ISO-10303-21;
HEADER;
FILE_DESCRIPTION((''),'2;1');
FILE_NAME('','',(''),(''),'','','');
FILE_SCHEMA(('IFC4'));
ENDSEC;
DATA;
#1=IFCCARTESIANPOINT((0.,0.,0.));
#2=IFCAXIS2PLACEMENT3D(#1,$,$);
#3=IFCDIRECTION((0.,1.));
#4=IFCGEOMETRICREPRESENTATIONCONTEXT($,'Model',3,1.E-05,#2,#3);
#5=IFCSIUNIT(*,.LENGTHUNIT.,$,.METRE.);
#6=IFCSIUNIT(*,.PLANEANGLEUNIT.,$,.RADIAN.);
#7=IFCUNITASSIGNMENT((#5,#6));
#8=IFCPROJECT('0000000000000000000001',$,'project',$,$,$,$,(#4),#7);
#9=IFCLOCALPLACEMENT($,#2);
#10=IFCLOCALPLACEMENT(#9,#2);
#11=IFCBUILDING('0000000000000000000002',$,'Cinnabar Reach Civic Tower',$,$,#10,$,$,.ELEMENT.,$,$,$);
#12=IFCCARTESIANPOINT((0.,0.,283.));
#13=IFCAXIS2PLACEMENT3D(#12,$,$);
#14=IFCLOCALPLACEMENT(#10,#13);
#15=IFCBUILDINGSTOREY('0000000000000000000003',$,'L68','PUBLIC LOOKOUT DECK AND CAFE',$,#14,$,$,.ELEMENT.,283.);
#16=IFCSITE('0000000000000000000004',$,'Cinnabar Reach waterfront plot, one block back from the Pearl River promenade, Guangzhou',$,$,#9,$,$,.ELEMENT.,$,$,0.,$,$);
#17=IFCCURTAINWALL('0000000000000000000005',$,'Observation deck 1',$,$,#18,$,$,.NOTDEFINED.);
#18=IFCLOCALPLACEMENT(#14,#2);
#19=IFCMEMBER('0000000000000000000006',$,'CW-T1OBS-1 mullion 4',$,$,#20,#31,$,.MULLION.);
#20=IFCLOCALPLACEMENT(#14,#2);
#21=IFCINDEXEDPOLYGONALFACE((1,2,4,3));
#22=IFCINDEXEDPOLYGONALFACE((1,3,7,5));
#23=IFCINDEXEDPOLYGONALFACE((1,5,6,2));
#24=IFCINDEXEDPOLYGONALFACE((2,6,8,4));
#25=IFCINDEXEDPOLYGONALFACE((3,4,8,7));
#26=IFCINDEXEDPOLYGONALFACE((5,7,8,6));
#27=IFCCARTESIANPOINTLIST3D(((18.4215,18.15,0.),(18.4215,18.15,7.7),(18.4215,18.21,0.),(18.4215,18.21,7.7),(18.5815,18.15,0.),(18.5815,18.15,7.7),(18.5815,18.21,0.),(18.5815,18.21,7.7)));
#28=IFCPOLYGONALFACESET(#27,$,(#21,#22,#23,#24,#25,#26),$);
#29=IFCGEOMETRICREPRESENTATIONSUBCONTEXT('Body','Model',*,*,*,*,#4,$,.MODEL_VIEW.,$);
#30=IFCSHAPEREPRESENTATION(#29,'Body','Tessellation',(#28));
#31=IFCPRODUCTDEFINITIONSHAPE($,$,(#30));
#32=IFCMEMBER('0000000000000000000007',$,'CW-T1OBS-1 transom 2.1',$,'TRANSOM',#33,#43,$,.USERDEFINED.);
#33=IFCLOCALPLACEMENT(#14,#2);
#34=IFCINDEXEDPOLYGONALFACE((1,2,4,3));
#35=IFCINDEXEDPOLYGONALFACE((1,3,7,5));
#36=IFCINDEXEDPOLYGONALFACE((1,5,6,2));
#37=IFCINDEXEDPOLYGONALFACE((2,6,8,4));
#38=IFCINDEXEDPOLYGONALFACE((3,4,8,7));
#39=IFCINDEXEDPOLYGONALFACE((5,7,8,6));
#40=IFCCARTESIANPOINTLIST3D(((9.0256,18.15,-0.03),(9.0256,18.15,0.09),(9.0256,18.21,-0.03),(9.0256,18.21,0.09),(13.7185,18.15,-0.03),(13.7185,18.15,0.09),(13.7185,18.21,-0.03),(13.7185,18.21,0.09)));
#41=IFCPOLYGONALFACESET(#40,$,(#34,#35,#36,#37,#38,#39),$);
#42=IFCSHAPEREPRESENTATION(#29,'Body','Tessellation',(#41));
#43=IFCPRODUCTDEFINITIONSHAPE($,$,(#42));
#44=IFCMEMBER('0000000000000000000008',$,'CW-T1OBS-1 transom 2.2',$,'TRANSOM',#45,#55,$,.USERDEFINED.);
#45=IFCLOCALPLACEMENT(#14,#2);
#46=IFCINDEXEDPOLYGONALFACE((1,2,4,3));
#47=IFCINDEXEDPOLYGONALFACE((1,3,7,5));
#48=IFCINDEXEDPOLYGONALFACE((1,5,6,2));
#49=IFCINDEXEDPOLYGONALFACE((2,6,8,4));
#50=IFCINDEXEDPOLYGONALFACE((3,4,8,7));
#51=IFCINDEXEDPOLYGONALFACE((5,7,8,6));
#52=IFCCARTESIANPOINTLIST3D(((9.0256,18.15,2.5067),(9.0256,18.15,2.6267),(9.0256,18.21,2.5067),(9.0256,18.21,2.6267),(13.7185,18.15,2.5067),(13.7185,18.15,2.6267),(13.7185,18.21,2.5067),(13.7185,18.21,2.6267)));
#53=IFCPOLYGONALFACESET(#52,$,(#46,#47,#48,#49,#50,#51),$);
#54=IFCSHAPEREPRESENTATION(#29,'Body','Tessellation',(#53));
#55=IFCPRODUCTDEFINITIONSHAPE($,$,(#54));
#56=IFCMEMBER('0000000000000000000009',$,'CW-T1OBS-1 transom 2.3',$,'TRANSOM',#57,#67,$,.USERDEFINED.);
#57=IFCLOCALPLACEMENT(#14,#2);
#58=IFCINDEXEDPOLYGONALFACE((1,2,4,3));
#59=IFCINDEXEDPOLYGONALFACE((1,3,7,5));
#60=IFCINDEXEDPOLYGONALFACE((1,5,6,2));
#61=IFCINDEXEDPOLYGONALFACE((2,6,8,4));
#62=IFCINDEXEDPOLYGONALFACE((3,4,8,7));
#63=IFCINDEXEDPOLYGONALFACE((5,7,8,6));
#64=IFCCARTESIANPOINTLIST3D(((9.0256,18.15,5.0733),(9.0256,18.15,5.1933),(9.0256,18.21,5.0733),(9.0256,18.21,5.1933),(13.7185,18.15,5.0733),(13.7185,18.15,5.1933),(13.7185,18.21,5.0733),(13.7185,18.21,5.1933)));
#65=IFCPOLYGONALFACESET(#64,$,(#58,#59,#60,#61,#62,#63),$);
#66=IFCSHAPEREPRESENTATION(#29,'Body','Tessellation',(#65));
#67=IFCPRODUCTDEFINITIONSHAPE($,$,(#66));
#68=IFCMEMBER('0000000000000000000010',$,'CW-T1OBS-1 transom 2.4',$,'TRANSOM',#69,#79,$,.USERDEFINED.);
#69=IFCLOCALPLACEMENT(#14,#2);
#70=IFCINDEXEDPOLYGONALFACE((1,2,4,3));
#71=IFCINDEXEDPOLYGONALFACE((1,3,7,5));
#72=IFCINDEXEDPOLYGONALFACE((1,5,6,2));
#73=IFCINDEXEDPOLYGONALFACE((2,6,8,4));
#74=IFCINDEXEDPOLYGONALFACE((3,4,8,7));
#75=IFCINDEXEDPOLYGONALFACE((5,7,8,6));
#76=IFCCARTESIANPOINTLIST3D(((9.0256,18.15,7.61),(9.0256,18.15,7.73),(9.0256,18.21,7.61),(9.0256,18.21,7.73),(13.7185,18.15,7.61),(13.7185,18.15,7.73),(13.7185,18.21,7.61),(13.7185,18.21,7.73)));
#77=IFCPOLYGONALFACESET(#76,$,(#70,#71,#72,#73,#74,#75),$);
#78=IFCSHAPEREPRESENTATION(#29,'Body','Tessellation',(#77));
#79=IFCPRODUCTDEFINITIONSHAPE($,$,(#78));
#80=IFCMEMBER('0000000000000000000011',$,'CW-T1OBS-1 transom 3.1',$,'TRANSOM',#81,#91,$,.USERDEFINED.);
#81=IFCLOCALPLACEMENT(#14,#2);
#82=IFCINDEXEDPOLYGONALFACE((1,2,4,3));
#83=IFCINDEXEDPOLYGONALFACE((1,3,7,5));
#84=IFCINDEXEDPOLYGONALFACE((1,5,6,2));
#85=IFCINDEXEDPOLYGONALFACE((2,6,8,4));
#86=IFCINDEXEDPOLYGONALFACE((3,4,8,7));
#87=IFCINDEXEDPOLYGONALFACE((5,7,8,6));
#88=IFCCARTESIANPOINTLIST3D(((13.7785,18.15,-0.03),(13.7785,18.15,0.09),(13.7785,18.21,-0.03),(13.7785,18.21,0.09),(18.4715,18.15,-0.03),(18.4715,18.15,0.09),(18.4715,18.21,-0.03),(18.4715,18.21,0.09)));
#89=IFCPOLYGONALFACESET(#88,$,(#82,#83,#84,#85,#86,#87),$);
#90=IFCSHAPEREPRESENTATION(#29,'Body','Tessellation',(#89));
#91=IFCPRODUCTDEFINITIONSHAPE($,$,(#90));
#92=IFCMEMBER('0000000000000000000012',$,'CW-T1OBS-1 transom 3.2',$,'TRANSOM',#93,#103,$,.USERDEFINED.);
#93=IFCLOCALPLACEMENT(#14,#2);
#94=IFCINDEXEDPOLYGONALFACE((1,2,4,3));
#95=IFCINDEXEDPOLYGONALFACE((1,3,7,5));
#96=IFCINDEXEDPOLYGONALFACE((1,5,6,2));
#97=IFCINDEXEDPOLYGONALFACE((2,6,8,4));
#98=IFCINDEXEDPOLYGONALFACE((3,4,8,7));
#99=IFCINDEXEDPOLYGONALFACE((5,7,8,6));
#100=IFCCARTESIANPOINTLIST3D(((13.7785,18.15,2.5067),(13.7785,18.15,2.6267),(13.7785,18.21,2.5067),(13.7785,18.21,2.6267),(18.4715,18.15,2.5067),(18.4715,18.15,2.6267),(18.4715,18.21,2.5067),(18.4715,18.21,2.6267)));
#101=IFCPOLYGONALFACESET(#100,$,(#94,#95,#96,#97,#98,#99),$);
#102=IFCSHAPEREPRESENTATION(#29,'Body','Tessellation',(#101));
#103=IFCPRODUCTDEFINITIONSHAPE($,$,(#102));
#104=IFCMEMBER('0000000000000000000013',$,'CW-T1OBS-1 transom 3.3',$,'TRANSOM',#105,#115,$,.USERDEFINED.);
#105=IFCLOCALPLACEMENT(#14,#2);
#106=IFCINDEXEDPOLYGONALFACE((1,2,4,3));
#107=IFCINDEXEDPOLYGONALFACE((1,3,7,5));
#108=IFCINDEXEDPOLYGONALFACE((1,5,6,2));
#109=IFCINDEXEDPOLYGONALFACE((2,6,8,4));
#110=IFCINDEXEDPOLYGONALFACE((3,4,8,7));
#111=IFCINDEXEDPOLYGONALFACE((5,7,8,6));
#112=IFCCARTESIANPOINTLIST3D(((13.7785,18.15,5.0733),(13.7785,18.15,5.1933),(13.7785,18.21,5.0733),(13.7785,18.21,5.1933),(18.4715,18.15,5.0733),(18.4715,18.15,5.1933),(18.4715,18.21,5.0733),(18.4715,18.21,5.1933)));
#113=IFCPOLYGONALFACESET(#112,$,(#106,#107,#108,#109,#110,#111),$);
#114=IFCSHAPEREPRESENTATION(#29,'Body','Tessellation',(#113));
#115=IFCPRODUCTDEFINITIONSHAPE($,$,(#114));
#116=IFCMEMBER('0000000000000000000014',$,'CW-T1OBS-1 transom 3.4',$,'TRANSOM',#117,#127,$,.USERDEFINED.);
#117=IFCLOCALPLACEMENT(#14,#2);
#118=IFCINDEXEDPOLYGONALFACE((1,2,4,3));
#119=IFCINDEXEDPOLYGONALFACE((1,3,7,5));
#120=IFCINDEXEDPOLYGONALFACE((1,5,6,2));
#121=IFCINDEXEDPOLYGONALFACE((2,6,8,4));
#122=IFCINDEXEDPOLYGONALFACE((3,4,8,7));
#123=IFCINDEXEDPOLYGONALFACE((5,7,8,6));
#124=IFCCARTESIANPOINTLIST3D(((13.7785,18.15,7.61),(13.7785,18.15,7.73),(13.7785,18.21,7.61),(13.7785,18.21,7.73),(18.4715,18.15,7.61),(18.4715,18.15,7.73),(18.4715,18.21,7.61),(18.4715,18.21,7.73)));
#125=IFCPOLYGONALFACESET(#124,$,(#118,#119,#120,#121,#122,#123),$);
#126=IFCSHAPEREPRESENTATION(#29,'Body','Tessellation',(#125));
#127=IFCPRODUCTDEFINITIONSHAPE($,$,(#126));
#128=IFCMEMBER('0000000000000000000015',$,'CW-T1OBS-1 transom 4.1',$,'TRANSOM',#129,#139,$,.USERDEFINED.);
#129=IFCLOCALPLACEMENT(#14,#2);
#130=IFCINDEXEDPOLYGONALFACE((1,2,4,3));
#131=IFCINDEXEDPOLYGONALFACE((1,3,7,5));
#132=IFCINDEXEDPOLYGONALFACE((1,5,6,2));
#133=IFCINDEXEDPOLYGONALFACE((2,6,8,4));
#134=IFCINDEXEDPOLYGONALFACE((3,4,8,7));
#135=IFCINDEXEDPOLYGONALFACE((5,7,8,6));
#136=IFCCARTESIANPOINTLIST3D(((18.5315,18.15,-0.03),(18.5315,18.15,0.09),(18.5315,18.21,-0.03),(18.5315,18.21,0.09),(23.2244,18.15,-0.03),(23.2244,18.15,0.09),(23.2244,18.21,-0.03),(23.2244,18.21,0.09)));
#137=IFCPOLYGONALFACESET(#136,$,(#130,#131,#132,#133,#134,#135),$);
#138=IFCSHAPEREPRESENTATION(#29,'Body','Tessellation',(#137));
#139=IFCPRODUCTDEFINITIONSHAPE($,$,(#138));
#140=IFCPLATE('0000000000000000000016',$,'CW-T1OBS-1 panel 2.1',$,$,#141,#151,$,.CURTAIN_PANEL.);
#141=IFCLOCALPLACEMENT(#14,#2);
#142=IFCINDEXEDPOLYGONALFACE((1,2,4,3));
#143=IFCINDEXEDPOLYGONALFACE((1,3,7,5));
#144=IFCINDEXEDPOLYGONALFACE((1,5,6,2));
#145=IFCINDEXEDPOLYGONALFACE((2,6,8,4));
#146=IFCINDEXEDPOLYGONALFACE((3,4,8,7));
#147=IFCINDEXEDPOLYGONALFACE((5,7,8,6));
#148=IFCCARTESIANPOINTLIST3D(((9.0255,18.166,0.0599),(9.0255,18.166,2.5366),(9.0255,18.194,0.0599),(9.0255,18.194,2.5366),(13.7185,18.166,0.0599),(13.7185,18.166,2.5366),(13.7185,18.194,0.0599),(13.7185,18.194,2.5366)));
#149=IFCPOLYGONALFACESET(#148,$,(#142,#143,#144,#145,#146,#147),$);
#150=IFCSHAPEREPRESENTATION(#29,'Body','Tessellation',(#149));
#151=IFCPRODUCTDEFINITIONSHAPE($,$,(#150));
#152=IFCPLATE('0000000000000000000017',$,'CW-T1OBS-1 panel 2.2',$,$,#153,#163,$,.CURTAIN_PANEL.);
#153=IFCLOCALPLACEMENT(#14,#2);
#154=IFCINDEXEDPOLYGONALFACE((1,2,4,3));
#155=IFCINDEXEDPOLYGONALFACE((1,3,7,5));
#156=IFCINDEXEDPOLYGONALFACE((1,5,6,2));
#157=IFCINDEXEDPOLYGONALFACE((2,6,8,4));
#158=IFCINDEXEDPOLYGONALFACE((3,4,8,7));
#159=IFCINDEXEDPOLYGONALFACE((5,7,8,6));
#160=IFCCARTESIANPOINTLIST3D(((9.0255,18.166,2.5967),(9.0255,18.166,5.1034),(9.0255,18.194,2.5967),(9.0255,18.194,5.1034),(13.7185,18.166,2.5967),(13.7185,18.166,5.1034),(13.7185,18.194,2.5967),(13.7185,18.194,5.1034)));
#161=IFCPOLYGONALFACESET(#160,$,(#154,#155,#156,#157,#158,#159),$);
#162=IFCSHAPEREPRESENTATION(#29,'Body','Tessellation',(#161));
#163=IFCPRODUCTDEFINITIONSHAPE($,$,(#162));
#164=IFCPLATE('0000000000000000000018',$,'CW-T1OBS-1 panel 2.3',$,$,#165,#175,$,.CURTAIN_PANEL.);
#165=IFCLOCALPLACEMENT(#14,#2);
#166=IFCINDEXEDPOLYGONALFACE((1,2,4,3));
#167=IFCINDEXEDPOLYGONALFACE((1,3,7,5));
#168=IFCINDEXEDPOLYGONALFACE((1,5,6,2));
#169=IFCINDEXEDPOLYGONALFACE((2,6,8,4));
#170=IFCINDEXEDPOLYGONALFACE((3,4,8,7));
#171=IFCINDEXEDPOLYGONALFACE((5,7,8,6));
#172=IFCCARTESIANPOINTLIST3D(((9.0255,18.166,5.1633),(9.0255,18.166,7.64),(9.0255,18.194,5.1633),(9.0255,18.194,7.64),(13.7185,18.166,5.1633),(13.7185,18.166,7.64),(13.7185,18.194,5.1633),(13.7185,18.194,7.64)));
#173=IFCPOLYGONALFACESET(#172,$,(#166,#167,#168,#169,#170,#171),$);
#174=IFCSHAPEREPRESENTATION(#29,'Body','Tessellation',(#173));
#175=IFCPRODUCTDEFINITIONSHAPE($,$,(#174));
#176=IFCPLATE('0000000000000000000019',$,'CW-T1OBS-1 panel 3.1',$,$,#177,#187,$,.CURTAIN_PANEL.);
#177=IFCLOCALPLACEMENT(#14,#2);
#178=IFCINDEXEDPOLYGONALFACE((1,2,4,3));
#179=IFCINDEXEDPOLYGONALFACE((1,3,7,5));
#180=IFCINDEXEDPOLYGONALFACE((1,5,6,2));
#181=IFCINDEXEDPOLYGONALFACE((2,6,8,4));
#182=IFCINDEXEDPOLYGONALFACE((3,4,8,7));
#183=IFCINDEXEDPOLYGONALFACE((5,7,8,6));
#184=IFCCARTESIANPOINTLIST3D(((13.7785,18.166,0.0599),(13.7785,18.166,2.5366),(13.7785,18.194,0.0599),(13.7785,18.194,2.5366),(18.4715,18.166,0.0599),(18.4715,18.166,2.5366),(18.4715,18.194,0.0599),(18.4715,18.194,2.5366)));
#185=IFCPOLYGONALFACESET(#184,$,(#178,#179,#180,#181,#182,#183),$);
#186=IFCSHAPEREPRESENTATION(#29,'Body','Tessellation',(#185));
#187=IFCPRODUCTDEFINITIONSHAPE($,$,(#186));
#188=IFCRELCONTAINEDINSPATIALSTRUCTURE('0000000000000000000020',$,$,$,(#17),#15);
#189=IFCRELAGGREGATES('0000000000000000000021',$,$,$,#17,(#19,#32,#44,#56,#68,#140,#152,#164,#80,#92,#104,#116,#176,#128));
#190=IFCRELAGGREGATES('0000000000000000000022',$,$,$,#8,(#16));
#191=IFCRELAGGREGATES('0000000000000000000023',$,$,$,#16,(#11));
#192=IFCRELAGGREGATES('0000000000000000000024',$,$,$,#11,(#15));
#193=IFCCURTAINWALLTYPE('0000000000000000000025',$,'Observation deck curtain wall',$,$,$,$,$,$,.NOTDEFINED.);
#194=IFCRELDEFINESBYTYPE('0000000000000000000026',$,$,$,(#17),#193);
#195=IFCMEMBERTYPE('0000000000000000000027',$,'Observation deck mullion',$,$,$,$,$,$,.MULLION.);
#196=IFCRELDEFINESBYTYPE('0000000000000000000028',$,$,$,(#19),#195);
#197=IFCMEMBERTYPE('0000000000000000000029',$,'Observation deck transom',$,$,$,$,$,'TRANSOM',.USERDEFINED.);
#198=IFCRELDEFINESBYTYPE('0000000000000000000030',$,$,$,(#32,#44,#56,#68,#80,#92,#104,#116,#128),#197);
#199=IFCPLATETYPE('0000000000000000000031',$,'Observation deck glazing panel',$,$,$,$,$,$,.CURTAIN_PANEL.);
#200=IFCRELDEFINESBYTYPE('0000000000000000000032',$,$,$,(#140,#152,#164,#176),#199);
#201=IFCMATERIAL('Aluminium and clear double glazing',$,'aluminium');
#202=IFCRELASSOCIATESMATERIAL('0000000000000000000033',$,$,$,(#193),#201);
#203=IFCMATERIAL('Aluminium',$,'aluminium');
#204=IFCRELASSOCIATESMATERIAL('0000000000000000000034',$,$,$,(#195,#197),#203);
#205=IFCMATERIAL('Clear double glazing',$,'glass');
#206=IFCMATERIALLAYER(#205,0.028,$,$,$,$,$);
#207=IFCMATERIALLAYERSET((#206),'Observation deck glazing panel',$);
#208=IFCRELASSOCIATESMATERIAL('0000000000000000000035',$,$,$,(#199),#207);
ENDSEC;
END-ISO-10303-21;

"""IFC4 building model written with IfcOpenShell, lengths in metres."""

from ifc_helpers import new_model, si_unit, direction, frame, origin, origin_2d, place, context, subcontext, project, spatial, rectangle, extrude, material, layer, layer_set, material_profile, profile_set, type_object, element, aggregate, save


model = new_model("IFC4")

# Units and contexts
model_context = context("Model", 3, precision=1e-05, world=origin(), true_north=direction((0.0, 1.0)))
body_context = subcontext(model_context, "Body", "Model", "MODEL_VIEW")
ifc_project = project(units=[si_unit("LENGTHUNIT", "METRE"), si_unit("PLANEANGLEUNIT", "RADIAN")], contexts=[model_context])

# Site, building, storey
site_placement = place(None, origin())
site = spatial("IfcSite", under=ifc_project, at=site_placement, Name="Cinnabar Reach waterfront plot, one block back from the Pearl River promenade, Guangzhou", CompositionType="ELEMENT", RefElevation=0.0)
building_placement = place(site_placement, origin())
building = spatial("IfcBuilding", under=site, at=building_placement, Name="Cinnabar Reach Civic Tower", CompositionType="ELEMENT")
storey_placement = place(building_placement, frame((0.0, 0.0, 283.0)))
storey = spatial("IfcBuildingStorey", under=building, at=storey_placement, Name="L68", Description="PUBLIC LOOKOUT DECK AND CAFE", CompositionType="ELEMENT", Elevation=283.0)

# Curtain wall, members, plates
ifc_material_1 = material(Name="Aluminium and clear double glazing", Category="aluminium")
curtain_wall_type = type_object("IfcCurtainWallType", Name="Observation deck curtain wall", PredefinedType="NOTDEFINED", material=ifc_material_1)
curtain_wall_placement = place(storey_placement, origin())
curtain_wall = element("IfcCurtainWall", 1, at=curtain_wall_placement, inside=storey, type_object=curtain_wall_type, Name="Observation deck 1", PredefinedType="NOTDEFINED")
ifc_material_2 = material(Name="Aluminium", Category="aluminium")
ifc_material_profile_1 = material_profile(ifc_material_2, rectangle(XDim=0.06, YDim=0.16, at=origin_2d()), Name="Observation deck mullion")
ifc_profile_set_1 = profile_set([ifc_material_profile_1], Name="Aluminium")
member_type_1 = type_object("IfcMemberType", Name="Observation deck mullion", PredefinedType="MULLION", material=ifc_profile_set_1)
member_1_placement = place(storey_placement, frame((18.5015, 18.18, 0.0), z_axis=(0.0, 0.0, 1.0), x_axis=(0.0, 1.0, 0.0)))
member_1 = element("IfcMember", 2, at=member_1_placement, type_object=member_type_1, Name="CW-T1OBS-1 mullion 4", PredefinedType="MULLION", context=body_context, shape_type="SweptSolid", body=[
    extrude(rectangle(XDim=0.06, YDim=0.16, at=origin_2d()), origin(), (0.0, 0.0, 1.0), 7.7),
])
ifc_material_profile_2 = material_profile(ifc_material_2, rectangle(XDim=0.06, YDim=0.12, at=origin_2d()), Name="Observation deck transom")
ifc_profile_set_2 = profile_set([ifc_material_profile_2], Name="Aluminium")
member_type_2 = type_object("IfcMemberType", Name="Observation deck transom", ElementType="TRANSOM", PredefinedType="USERDEFINED", material=ifc_profile_set_2)
member_2_placement = place(storey_placement, frame((9.0256, 18.18, 0.03), z_axis=(1.0, 0.0, 0.0), x_axis=(0.0, 1.0, 0.0)))
member_2 = element("IfcMember", 3, at=member_2_placement, type_object=member_type_2, Name="CW-T1OBS-1 transom 2.1", ObjectType="TRANSOM", PredefinedType="USERDEFINED", context=body_context, shape_type="SweptSolid", body=[
    extrude(rectangle(XDim=0.06, YDim=0.12, at=origin_2d()), origin(), (0.0, 0.0, 1.0), 4.6929),
])
member_3_placement = place(storey_placement, frame((9.0256, 18.18, 2.5667), z_axis=(1.0, 0.0, 0.0), x_axis=(0.0, 1.0, 0.0)))
member_3 = element("IfcMember", 4, at=member_3_placement, type_object=member_type_2, Name="CW-T1OBS-1 transom 2.2", ObjectType="TRANSOM", PredefinedType="USERDEFINED", context=body_context, shape_type="SweptSolid", body=[
    extrude(rectangle(XDim=0.06, YDim=0.12, at=origin_2d()), origin(), (0.0, 0.0, 1.0), 4.6929),
])
member_4_placement = place(storey_placement, frame((9.0256, 18.18, 5.1333), z_axis=(1.0, 0.0, 0.0), x_axis=(0.0, 1.0, 0.0)))
member_4 = element("IfcMember", 5, at=member_4_placement, type_object=member_type_2, Name="CW-T1OBS-1 transom 2.3", ObjectType="TRANSOM", PredefinedType="USERDEFINED", context=body_context, shape_type="SweptSolid", body=[
    extrude(rectangle(XDim=0.06, YDim=0.12, at=origin_2d()), origin(), (0.0, 0.0, 1.0), 4.6929),
])
member_5_placement = place(storey_placement, frame((9.0256, 18.18, 7.67), z_axis=(1.0, 0.0, 0.0), x_axis=(0.0, 1.0, 0.0)))
member_5 = element("IfcMember", 6, at=member_5_placement, type_object=member_type_2, Name="CW-T1OBS-1 transom 2.4", ObjectType="TRANSOM", PredefinedType="USERDEFINED", context=body_context, shape_type="SweptSolid", body=[
    extrude(rectangle(XDim=0.06, YDim=0.12, at=origin_2d()), origin(), (0.0, 0.0, 1.0), 4.6929),
])
member_6_placement = place(storey_placement, frame((13.7785, 18.18, 0.03), z_axis=(1.0, 0.0, 0.0), x_axis=(0.0, 1.0, 0.0)))
member_6 = element("IfcMember", 7, at=member_6_placement, type_object=member_type_2, Name="CW-T1OBS-1 transom 3.1", ObjectType="TRANSOM", PredefinedType="USERDEFINED", context=body_context, shape_type="SweptSolid", body=[
    extrude(rectangle(XDim=0.06, YDim=0.12, at=origin_2d()), origin(), (0.0, 0.0, 1.0), 4.693),
])
member_7_placement = place(storey_placement, frame((13.7785, 18.18, 2.5667), z_axis=(1.0, 0.0, 0.0), x_axis=(0.0, 1.0, 0.0)))
member_7 = element("IfcMember", 8, at=member_7_placement, type_object=member_type_2, Name="CW-T1OBS-1 transom 3.2", ObjectType="TRANSOM", PredefinedType="USERDEFINED", context=body_context, shape_type="SweptSolid", body=[
    extrude(rectangle(XDim=0.06, YDim=0.12, at=origin_2d()), origin(), (0.0, 0.0, 1.0), 4.693),
])
member_8_placement = place(storey_placement, frame((13.7785, 18.18, 5.1333), z_axis=(1.0, 0.0, 0.0), x_axis=(0.0, 1.0, 0.0)))
member_8 = element("IfcMember", 9, at=member_8_placement, type_object=member_type_2, Name="CW-T1OBS-1 transom 3.3", ObjectType="TRANSOM", PredefinedType="USERDEFINED", context=body_context, shape_type="SweptSolid", body=[
    extrude(rectangle(XDim=0.06, YDim=0.12, at=origin_2d()), origin(), (0.0, 0.0, 1.0), 4.693),
])
member_9_placement = place(storey_placement, frame((13.7785, 18.18, 7.67), z_axis=(1.0, 0.0, 0.0), x_axis=(0.0, 1.0, 0.0)))
member_9 = element("IfcMember", 10, at=member_9_placement, type_object=member_type_2, Name="CW-T1OBS-1 transom 3.4", ObjectType="TRANSOM", PredefinedType="USERDEFINED", context=body_context, shape_type="SweptSolid", body=[
    extrude(rectangle(XDim=0.06, YDim=0.12, at=origin_2d()), origin(), (0.0, 0.0, 1.0), 4.693),
])
member_10_placement = place(storey_placement, frame((18.5315, 18.18, 0.03), z_axis=(1.0, 0.0, 0.0), x_axis=(0.0, 1.0, 0.0)))
member_10 = element("IfcMember", 11, at=member_10_placement, type_object=member_type_2, Name="CW-T1OBS-1 transom 4.1", ObjectType="TRANSOM", PredefinedType="USERDEFINED", context=body_context, shape_type="SweptSolid", body=[
    extrude(rectangle(XDim=0.06, YDim=0.12, at=origin_2d()), origin(), (0.0, 0.0, 1.0), 4.6929),
])
ifc_material_3 = material(Name="Clear double glazing", Category="glass")
ifc_layer_1 = layer(ifc_material_3, 0.028)
ifc_layer_set_1 = layer_set([ifc_layer_1], Name="Observation deck glazing panel")
plate_type = type_object("IfcPlateType", Name="Observation deck glazing panel", PredefinedType="CURTAIN_PANEL", material=ifc_layer_set_1)
plate_1_placement = place(storey_placement, frame((11.372, 18.18, 0.0599), z_axis=(0.0, 0.0, 1.0), x_axis=(1.0, 0.0, 0.0)))
plate_1 = element("IfcPlate", 12, at=plate_1_placement, type_object=plate_type, Name="CW-T1OBS-1 panel 2.1", PredefinedType="CURTAIN_PANEL", context=body_context, shape_type="SweptSolid", body=[
    extrude(rectangle(XDim=4.693, YDim=0.028, at=origin_2d()), origin(), (0.0, 0.0, 1.0), 2.4767),
])
plate_2_placement = place(storey_placement, frame((11.372, 18.18, 2.5967), z_axis=(0.0, 0.0, 1.0), x_axis=(1.0, 0.0, 0.0)))
plate_2 = element("IfcPlate", 13, at=plate_2_placement, type_object=plate_type, Name="CW-T1OBS-1 panel 2.2", PredefinedType="CURTAIN_PANEL", context=body_context, shape_type="SweptSolid", body=[
    extrude(rectangle(XDim=4.693, YDim=0.028, at=origin_2d()), origin(), (0.0, 0.0, 1.0), 2.5067),
])
plate_3_placement = place(storey_placement, frame((11.372, 18.18, 5.1633), z_axis=(0.0, 0.0, 1.0), x_axis=(1.0, 0.0, 0.0)))
plate_3 = element("IfcPlate", 14, at=plate_3_placement, type_object=plate_type, Name="CW-T1OBS-1 panel 2.3", PredefinedType="CURTAIN_PANEL", context=body_context, shape_type="SweptSolid", body=[
    extrude(rectangle(XDim=4.693, YDim=0.028, at=origin_2d()), origin(), (0.0, 0.0, 1.0), 2.4767),
])
plate_4_placement = place(storey_placement, frame((16.125, 18.18, 0.0599), z_axis=(0.0, 0.0, 1.0), x_axis=(1.0, 0.0, 0.0)))
plate_4 = element("IfcPlate", 15, at=plate_4_placement, type_object=plate_type, Name="CW-T1OBS-1 panel 3.1", PredefinedType="CURTAIN_PANEL", context=body_context, shape_type="SweptSolid", body=[
    extrude(rectangle(XDim=4.693, YDim=0.028, at=origin_2d()), origin(), (0.0, 0.0, 1.0), 2.4767),
])
aggregate(curtain_wall, [member_1, member_2, member_3, member_4, member_5, plate_1, plate_2, plate_3, member_6, member_7, member_8, member_9, plate_4, member_10])

save(model, "model.ifc")
